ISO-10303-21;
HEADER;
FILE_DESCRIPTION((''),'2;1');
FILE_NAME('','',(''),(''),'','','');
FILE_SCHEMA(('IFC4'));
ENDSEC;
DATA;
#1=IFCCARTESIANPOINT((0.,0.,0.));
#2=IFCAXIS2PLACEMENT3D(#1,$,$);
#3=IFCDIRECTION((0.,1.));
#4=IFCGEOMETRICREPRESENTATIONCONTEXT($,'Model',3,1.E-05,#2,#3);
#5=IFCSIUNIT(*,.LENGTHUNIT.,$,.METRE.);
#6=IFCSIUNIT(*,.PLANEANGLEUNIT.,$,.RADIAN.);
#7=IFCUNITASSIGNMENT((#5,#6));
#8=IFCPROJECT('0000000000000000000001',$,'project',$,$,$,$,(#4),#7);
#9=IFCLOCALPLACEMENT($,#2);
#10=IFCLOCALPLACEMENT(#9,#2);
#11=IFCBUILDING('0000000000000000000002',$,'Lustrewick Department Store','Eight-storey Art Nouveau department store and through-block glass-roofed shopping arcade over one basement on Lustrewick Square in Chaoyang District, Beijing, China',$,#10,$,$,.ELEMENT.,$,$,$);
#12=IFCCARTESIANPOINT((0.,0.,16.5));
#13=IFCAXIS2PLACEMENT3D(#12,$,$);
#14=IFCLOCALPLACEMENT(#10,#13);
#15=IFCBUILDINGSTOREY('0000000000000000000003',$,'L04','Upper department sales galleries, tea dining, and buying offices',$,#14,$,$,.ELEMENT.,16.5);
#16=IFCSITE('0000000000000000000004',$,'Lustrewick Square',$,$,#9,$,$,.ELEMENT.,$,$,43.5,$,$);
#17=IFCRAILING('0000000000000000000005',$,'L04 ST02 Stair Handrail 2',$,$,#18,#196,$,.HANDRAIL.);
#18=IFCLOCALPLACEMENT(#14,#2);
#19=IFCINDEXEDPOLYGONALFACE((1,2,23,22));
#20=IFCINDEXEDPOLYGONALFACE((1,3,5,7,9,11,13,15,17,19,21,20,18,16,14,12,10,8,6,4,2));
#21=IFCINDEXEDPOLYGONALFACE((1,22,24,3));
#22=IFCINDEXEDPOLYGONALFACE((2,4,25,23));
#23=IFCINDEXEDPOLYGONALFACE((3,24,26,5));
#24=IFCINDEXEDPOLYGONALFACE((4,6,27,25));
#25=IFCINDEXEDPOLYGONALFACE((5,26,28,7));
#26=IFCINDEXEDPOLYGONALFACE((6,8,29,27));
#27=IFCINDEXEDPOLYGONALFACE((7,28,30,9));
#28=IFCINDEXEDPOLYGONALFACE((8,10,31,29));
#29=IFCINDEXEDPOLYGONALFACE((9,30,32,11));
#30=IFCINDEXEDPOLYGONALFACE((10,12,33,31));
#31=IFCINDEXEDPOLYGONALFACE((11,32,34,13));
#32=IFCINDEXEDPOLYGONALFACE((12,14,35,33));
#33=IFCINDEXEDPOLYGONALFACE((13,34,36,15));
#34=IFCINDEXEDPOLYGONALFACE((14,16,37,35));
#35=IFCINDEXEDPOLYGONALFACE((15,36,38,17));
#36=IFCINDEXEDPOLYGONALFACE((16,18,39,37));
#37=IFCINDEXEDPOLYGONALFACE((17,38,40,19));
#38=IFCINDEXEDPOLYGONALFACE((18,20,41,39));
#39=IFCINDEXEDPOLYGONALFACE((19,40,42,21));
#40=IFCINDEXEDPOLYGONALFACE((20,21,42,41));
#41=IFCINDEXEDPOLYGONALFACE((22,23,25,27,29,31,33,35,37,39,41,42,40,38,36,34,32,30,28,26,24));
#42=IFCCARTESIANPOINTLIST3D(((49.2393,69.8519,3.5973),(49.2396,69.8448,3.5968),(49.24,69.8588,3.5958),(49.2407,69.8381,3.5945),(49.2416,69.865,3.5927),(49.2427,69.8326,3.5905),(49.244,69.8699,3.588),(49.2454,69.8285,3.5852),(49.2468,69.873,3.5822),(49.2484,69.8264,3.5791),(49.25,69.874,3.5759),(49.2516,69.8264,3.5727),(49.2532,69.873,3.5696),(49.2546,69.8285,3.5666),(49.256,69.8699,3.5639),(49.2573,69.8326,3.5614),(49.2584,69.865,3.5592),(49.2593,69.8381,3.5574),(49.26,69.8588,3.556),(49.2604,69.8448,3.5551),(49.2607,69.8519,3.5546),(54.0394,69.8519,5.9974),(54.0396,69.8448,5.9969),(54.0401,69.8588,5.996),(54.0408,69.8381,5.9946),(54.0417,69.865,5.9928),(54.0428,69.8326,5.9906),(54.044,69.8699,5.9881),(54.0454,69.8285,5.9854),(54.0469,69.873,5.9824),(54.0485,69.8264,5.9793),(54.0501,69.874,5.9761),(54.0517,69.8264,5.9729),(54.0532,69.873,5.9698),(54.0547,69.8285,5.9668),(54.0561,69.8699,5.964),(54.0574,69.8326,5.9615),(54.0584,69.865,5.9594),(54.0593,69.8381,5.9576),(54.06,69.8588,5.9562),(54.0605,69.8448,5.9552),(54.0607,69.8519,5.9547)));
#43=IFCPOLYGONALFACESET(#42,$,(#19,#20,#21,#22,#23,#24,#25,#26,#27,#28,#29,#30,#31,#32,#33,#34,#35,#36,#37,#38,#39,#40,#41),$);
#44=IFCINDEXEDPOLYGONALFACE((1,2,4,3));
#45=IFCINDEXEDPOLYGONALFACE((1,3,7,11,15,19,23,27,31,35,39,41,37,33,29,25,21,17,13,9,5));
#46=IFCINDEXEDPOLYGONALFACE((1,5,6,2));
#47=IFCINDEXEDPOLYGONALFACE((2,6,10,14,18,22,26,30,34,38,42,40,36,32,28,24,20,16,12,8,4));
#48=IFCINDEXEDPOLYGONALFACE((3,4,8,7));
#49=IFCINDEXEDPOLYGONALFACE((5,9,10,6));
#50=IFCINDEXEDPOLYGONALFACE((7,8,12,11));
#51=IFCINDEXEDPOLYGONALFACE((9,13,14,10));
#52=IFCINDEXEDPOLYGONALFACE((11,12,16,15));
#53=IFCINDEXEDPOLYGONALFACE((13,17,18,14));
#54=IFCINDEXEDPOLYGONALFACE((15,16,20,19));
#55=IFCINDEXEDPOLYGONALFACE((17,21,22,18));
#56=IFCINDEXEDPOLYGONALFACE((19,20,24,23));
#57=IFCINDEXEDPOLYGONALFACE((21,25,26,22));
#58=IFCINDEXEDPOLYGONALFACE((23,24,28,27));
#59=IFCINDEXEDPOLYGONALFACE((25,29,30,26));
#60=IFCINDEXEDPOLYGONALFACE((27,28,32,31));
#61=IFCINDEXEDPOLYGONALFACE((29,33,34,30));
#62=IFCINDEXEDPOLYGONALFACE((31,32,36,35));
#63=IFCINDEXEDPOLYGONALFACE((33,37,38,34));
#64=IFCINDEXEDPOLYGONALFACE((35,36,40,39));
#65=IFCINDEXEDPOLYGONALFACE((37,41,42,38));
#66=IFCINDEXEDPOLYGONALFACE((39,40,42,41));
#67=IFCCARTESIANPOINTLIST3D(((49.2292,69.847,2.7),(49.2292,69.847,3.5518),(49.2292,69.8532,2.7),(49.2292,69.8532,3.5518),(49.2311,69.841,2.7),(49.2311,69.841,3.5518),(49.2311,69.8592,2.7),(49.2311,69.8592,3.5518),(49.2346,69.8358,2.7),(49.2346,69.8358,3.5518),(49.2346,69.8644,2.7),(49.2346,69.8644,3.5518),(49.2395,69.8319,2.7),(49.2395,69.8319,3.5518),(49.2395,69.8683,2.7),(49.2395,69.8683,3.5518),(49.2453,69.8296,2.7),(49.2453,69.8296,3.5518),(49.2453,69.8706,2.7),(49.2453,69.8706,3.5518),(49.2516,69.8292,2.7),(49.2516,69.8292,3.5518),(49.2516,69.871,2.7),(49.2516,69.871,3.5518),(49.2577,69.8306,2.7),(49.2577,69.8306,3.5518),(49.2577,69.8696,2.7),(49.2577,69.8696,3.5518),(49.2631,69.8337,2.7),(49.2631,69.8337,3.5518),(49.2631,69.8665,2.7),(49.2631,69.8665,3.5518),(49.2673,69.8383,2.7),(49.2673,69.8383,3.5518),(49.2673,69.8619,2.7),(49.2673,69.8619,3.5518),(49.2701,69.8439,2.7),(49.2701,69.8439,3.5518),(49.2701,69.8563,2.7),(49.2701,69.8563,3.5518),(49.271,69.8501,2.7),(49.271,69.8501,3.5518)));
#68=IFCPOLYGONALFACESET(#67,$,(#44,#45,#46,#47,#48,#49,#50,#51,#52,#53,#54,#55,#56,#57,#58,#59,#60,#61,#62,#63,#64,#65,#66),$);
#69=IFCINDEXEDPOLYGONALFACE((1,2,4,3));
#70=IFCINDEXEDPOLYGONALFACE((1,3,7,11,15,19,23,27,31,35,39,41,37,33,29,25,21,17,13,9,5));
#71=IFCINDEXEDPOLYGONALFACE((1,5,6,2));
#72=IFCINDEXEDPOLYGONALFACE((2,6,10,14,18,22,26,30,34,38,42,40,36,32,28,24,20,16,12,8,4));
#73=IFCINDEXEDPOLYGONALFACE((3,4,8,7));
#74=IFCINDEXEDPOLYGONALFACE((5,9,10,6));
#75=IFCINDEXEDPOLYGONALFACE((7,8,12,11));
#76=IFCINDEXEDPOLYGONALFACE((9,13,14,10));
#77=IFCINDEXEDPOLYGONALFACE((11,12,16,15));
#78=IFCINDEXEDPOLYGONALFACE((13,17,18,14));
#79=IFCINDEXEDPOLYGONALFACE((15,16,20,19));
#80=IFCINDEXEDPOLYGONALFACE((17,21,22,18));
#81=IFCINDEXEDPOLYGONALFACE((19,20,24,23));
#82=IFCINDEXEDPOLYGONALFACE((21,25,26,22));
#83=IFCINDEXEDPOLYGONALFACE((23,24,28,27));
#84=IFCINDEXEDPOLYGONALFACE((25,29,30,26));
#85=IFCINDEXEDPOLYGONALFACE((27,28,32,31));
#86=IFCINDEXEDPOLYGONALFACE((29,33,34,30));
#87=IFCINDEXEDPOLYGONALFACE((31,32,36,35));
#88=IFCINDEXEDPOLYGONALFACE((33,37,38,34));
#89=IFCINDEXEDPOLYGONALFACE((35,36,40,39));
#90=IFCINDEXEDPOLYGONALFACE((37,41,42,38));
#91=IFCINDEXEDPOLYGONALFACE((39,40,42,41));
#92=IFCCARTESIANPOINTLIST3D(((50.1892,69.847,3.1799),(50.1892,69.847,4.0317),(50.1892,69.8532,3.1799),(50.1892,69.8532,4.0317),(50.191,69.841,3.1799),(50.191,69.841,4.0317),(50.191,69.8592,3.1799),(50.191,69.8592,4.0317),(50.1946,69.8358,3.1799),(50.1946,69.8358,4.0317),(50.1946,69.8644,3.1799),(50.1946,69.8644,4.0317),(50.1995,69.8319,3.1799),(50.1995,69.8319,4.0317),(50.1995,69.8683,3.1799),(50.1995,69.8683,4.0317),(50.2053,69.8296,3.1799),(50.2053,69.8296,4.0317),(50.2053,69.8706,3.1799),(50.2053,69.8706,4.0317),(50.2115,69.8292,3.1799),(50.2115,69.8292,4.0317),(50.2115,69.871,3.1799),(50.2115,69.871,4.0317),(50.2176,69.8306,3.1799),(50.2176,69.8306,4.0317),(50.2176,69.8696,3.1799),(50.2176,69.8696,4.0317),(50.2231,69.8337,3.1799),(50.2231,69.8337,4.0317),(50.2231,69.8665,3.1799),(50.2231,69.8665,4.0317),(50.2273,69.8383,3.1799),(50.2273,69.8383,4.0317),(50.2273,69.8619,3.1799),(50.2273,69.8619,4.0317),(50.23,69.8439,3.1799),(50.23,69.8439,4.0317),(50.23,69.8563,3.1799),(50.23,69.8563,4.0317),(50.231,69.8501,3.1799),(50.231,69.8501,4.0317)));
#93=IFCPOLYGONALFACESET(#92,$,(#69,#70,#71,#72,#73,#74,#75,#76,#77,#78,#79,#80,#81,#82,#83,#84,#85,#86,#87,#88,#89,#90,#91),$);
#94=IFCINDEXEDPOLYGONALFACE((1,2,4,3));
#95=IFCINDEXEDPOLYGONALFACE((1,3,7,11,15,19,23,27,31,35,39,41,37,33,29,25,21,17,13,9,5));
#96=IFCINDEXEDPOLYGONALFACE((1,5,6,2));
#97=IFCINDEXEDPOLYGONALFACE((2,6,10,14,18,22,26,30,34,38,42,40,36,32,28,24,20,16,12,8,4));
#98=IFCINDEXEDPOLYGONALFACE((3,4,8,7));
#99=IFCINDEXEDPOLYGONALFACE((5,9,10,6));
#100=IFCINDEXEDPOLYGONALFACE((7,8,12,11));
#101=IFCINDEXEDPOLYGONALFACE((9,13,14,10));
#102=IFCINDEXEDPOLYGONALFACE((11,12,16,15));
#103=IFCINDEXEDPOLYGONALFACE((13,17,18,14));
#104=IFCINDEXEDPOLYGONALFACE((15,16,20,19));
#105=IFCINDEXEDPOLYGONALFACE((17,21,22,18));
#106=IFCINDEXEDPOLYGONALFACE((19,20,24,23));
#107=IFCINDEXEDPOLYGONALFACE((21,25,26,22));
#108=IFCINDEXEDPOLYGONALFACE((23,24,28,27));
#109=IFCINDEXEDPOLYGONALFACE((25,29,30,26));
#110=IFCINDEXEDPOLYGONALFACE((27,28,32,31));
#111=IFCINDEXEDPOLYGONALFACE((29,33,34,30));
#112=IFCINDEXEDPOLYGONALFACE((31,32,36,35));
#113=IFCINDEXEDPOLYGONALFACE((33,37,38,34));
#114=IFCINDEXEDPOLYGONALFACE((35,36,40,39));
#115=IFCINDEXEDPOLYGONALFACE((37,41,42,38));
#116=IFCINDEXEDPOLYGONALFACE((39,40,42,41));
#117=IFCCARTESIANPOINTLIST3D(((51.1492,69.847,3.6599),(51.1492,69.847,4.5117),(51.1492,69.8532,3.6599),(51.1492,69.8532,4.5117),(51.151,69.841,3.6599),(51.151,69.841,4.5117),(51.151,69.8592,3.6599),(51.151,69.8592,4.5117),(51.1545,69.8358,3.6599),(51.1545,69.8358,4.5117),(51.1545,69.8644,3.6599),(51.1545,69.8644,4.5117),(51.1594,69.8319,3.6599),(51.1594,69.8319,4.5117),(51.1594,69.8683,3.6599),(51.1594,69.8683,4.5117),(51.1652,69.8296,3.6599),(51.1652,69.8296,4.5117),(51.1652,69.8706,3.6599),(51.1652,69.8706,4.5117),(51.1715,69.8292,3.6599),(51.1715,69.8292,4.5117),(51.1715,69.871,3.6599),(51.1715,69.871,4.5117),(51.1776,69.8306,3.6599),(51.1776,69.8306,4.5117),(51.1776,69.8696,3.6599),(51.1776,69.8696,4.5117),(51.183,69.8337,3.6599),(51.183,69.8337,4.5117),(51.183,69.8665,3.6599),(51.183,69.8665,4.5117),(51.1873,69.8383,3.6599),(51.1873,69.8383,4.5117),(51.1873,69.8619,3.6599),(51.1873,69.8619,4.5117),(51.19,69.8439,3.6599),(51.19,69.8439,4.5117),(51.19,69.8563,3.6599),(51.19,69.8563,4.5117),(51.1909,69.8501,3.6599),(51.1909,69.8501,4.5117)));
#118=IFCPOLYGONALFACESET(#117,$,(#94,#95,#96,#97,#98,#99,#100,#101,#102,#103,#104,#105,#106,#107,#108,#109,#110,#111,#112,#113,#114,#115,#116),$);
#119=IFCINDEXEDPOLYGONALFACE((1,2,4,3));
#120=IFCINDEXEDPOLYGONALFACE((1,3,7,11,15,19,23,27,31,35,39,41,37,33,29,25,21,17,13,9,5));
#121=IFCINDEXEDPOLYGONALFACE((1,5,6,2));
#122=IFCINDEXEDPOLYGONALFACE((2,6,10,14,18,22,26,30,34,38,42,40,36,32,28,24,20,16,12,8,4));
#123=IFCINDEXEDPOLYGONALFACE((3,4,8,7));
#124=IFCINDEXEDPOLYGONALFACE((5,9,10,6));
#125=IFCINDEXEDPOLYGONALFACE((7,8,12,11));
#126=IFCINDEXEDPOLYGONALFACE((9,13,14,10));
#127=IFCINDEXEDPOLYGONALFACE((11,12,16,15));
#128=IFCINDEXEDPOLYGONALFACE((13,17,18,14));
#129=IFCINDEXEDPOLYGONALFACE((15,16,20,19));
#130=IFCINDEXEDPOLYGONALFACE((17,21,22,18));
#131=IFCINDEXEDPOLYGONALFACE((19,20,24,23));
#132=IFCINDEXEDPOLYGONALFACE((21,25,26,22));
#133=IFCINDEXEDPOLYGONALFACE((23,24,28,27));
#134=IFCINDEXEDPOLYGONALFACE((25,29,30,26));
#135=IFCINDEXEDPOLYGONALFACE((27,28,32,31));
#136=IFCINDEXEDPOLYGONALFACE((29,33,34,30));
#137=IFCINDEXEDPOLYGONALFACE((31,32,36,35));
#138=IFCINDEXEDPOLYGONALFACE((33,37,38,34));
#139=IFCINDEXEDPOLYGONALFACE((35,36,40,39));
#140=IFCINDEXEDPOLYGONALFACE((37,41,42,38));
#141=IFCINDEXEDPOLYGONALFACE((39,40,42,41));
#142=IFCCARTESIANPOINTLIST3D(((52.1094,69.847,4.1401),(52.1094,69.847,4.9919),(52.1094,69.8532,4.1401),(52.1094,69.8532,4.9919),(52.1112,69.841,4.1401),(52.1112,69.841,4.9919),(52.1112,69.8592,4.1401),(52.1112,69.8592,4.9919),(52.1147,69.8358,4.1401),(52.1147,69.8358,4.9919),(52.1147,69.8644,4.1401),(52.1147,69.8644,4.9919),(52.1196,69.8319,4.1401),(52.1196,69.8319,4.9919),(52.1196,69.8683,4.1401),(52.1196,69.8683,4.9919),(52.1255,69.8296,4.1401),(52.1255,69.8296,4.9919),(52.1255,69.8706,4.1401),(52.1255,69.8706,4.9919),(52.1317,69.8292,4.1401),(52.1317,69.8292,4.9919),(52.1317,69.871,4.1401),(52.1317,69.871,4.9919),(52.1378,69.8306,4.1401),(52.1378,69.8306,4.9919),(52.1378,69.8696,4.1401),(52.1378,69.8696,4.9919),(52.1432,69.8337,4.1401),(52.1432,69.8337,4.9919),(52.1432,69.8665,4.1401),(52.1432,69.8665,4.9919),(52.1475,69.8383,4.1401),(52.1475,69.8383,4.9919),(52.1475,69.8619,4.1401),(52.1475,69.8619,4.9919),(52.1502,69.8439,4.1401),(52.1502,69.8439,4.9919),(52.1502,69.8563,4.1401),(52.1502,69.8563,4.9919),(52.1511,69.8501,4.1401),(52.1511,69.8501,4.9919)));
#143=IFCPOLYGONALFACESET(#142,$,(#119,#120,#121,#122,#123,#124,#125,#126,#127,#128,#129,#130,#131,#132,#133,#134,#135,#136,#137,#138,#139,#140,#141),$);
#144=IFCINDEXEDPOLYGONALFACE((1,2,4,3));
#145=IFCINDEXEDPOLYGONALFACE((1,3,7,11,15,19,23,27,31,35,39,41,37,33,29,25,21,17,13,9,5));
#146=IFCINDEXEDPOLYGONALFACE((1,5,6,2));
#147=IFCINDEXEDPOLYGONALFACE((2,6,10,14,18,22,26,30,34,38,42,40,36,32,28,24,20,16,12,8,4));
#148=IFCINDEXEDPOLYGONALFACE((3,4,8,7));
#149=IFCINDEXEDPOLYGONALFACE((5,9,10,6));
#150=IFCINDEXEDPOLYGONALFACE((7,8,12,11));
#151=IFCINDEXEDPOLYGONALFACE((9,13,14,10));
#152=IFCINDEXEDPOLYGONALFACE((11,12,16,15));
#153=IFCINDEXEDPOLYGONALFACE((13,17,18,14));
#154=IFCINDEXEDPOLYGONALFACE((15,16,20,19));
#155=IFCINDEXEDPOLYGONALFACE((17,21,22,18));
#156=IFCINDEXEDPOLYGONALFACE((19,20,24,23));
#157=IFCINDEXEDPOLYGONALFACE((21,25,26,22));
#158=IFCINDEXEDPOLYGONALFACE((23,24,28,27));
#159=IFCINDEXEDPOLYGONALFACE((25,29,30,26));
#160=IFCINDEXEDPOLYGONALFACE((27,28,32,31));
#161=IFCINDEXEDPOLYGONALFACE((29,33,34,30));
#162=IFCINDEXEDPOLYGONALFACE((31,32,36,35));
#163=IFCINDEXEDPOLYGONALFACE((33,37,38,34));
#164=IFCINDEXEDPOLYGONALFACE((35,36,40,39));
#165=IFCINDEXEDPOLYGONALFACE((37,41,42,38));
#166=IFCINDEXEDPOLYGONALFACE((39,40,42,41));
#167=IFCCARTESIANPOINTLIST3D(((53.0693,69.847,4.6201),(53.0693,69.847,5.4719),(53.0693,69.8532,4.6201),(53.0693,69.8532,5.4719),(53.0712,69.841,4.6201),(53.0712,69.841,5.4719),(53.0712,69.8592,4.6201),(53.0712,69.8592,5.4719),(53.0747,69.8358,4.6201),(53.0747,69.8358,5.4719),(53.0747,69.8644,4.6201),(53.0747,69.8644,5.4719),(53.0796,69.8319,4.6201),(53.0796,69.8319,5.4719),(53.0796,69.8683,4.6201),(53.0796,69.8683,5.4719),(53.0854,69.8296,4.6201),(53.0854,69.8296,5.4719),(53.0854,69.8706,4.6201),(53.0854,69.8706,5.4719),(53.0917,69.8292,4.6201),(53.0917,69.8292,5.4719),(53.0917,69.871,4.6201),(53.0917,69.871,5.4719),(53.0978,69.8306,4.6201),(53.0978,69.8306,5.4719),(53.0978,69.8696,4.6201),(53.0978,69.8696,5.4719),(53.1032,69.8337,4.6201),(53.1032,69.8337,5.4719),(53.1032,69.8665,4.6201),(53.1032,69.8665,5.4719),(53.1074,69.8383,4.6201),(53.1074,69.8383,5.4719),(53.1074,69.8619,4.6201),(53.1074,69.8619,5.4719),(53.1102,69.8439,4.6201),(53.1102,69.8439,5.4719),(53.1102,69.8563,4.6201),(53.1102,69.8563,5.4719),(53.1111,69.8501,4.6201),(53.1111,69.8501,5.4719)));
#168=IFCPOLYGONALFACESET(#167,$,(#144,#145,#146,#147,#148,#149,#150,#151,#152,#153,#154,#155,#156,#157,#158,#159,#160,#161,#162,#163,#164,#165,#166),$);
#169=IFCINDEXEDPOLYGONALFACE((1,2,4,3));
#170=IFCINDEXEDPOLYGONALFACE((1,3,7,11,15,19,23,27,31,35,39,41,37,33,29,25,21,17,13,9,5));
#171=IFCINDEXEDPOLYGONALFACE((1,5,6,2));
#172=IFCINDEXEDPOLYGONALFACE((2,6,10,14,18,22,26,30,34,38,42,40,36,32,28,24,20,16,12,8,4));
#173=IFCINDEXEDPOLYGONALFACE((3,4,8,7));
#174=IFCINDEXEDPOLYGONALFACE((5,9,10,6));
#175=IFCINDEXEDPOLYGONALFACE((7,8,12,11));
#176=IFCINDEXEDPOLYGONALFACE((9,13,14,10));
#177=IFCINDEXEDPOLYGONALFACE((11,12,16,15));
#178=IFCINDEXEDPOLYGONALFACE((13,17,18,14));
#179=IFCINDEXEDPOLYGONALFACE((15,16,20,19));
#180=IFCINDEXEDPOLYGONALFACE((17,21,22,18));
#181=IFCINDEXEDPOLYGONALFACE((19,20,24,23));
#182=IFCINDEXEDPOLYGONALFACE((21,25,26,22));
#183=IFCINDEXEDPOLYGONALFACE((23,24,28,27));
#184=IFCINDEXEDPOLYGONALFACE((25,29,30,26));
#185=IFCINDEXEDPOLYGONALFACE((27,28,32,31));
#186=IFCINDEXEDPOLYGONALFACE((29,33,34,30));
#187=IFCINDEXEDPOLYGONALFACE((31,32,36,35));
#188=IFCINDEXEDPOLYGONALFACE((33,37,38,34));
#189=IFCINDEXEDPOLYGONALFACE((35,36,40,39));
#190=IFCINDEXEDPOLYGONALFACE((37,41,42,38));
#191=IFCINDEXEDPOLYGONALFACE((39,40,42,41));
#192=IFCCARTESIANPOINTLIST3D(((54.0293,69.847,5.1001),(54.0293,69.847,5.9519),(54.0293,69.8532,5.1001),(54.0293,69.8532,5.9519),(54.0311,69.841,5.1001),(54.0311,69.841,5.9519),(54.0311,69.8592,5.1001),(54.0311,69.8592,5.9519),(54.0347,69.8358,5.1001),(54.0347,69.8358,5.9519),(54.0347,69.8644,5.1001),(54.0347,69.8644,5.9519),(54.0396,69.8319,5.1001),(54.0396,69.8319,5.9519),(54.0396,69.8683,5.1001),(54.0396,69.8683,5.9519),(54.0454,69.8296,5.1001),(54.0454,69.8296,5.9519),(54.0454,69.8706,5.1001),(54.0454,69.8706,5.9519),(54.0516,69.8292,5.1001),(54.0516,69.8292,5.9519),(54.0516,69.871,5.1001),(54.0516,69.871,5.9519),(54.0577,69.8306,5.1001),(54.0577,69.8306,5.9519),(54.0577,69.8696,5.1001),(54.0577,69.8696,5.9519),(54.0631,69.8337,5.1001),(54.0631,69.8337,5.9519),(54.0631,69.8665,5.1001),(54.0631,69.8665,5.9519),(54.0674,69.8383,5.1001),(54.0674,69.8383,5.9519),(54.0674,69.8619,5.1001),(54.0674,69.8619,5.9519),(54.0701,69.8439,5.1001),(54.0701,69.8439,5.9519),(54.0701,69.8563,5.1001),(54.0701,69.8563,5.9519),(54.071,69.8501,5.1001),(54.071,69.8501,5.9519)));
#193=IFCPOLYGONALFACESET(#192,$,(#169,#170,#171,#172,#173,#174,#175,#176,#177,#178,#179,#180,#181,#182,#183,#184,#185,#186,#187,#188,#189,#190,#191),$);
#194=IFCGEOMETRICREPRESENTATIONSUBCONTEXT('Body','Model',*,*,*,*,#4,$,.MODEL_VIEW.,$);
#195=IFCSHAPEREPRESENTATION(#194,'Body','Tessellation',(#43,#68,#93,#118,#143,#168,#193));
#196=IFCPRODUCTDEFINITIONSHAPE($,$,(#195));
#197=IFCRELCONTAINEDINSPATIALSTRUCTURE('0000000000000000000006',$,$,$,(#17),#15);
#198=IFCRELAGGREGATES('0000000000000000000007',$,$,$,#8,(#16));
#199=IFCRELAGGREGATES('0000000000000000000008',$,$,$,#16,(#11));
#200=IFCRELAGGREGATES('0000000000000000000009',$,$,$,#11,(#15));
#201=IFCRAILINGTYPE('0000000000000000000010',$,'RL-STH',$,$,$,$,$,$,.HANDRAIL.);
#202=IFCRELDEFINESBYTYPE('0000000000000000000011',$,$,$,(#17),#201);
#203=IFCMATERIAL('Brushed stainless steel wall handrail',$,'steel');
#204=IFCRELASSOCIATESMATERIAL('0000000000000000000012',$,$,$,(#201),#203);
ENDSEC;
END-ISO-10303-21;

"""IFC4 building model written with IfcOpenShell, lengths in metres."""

from ifc_helpers import new_model, si_unit, direction, frame, origin, origin_2d, place, context, subcontext, project, spatial, circle, extrude, material, type_object, element, save


model = new_model("IFC4")

# Units and contexts
model_context = context("Model", 3, precision=1e-05, world=origin(), true_north=direction((0.0, 1.0)))
body_context = subcontext(model_context, "Body", "Model", "MODEL_VIEW")
ifc_project = project(units=[si_unit("LENGTHUNIT", "METRE"), si_unit("PLANEANGLEUNIT", "RADIAN")], contexts=[model_context])

# Site, building, storey
site_placement = place(None, origin())
site = spatial("IfcSite", under=ifc_project, at=site_placement, Name="Lustrewick Square", CompositionType="ELEMENT", RefElevation=43.5)
building_placement = place(site_placement, origin())
building = spatial("IfcBuilding", under=site, at=building_placement, Name="Lustrewick Department Store", Description="Eight-storey Art Nouveau department store and through-block glass-roofed shopping arcade over one basement on Lustrewick Square in Chaoyang District, Beijing, China", CompositionType="ELEMENT")
storey_placement = place(building_placement, frame((0.0, 0.0, 16.5)))
storey = spatial("IfcBuildingStorey", under=building, at=storey_placement, Name="L04", Description="Upper department sales galleries, tea dining, and buying offices", CompositionType="ELEMENT", Elevation=16.5)

# Railing
ifc_material_1 = material(Name="Brushed stainless steel wall handrail", Category="steel")
railing_type_1 = type_object("IfcRailingType", Name="RL-STH", PredefinedType="HANDRAIL", material=ifc_material_1)
railing_1_placement = place(storey_placement, frame((49.25, 69.8501, 2.7)))
element("IfcRailing", 1, at=railing_1_placement, inside=storey, type_object=railing_type_1, Name="L04 ST02 Stair Handrail 2", PredefinedType="HANDRAIL", context=body_context, shape_type="SweptSolid", body=[
    extrude(circle(Radius=0.0239, at=origin_2d()), frame((0.0, 0.0, 0.876), z_axis=(0.894418, 0.0, 0.447232), x_axis=(0.0, 1.0, 0.0)), (0.0, 0.0, 1.0), 5.3667),
    extrude(circle(Radius=0.021, at=origin_2d()), origin(), (0.0, 0.0, 1.0), 0.8518),
    extrude(circle(Radius=0.021, at=origin_2d()), frame((0.96, 0.0, 0.48)), (0.0, 0.0, 1.0), 0.8518),
    extrude(circle(Radius=0.021, at=origin_2d()), frame((1.9199, 0.0, 0.96)), (0.0, 0.0, 1.0), 0.8518),
    extrude(circle(Radius=0.021, at=origin_2d()), frame((2.8801, 0.0, 1.4402)), (0.0, 0.0, 1.0), 0.8518),
    extrude(circle(Radius=0.021, at=origin_2d()), frame((3.8401, 0.0, 1.9202)), (0.0, 0.0, 1.0), 0.8518),
    extrude(circle(Radius=0.021, at=origin_2d()), frame((4.8, 0.0, 2.4001)), (0.0, 0.0, 1.0), 0.8518),
])

save(model, "model.ifc")
